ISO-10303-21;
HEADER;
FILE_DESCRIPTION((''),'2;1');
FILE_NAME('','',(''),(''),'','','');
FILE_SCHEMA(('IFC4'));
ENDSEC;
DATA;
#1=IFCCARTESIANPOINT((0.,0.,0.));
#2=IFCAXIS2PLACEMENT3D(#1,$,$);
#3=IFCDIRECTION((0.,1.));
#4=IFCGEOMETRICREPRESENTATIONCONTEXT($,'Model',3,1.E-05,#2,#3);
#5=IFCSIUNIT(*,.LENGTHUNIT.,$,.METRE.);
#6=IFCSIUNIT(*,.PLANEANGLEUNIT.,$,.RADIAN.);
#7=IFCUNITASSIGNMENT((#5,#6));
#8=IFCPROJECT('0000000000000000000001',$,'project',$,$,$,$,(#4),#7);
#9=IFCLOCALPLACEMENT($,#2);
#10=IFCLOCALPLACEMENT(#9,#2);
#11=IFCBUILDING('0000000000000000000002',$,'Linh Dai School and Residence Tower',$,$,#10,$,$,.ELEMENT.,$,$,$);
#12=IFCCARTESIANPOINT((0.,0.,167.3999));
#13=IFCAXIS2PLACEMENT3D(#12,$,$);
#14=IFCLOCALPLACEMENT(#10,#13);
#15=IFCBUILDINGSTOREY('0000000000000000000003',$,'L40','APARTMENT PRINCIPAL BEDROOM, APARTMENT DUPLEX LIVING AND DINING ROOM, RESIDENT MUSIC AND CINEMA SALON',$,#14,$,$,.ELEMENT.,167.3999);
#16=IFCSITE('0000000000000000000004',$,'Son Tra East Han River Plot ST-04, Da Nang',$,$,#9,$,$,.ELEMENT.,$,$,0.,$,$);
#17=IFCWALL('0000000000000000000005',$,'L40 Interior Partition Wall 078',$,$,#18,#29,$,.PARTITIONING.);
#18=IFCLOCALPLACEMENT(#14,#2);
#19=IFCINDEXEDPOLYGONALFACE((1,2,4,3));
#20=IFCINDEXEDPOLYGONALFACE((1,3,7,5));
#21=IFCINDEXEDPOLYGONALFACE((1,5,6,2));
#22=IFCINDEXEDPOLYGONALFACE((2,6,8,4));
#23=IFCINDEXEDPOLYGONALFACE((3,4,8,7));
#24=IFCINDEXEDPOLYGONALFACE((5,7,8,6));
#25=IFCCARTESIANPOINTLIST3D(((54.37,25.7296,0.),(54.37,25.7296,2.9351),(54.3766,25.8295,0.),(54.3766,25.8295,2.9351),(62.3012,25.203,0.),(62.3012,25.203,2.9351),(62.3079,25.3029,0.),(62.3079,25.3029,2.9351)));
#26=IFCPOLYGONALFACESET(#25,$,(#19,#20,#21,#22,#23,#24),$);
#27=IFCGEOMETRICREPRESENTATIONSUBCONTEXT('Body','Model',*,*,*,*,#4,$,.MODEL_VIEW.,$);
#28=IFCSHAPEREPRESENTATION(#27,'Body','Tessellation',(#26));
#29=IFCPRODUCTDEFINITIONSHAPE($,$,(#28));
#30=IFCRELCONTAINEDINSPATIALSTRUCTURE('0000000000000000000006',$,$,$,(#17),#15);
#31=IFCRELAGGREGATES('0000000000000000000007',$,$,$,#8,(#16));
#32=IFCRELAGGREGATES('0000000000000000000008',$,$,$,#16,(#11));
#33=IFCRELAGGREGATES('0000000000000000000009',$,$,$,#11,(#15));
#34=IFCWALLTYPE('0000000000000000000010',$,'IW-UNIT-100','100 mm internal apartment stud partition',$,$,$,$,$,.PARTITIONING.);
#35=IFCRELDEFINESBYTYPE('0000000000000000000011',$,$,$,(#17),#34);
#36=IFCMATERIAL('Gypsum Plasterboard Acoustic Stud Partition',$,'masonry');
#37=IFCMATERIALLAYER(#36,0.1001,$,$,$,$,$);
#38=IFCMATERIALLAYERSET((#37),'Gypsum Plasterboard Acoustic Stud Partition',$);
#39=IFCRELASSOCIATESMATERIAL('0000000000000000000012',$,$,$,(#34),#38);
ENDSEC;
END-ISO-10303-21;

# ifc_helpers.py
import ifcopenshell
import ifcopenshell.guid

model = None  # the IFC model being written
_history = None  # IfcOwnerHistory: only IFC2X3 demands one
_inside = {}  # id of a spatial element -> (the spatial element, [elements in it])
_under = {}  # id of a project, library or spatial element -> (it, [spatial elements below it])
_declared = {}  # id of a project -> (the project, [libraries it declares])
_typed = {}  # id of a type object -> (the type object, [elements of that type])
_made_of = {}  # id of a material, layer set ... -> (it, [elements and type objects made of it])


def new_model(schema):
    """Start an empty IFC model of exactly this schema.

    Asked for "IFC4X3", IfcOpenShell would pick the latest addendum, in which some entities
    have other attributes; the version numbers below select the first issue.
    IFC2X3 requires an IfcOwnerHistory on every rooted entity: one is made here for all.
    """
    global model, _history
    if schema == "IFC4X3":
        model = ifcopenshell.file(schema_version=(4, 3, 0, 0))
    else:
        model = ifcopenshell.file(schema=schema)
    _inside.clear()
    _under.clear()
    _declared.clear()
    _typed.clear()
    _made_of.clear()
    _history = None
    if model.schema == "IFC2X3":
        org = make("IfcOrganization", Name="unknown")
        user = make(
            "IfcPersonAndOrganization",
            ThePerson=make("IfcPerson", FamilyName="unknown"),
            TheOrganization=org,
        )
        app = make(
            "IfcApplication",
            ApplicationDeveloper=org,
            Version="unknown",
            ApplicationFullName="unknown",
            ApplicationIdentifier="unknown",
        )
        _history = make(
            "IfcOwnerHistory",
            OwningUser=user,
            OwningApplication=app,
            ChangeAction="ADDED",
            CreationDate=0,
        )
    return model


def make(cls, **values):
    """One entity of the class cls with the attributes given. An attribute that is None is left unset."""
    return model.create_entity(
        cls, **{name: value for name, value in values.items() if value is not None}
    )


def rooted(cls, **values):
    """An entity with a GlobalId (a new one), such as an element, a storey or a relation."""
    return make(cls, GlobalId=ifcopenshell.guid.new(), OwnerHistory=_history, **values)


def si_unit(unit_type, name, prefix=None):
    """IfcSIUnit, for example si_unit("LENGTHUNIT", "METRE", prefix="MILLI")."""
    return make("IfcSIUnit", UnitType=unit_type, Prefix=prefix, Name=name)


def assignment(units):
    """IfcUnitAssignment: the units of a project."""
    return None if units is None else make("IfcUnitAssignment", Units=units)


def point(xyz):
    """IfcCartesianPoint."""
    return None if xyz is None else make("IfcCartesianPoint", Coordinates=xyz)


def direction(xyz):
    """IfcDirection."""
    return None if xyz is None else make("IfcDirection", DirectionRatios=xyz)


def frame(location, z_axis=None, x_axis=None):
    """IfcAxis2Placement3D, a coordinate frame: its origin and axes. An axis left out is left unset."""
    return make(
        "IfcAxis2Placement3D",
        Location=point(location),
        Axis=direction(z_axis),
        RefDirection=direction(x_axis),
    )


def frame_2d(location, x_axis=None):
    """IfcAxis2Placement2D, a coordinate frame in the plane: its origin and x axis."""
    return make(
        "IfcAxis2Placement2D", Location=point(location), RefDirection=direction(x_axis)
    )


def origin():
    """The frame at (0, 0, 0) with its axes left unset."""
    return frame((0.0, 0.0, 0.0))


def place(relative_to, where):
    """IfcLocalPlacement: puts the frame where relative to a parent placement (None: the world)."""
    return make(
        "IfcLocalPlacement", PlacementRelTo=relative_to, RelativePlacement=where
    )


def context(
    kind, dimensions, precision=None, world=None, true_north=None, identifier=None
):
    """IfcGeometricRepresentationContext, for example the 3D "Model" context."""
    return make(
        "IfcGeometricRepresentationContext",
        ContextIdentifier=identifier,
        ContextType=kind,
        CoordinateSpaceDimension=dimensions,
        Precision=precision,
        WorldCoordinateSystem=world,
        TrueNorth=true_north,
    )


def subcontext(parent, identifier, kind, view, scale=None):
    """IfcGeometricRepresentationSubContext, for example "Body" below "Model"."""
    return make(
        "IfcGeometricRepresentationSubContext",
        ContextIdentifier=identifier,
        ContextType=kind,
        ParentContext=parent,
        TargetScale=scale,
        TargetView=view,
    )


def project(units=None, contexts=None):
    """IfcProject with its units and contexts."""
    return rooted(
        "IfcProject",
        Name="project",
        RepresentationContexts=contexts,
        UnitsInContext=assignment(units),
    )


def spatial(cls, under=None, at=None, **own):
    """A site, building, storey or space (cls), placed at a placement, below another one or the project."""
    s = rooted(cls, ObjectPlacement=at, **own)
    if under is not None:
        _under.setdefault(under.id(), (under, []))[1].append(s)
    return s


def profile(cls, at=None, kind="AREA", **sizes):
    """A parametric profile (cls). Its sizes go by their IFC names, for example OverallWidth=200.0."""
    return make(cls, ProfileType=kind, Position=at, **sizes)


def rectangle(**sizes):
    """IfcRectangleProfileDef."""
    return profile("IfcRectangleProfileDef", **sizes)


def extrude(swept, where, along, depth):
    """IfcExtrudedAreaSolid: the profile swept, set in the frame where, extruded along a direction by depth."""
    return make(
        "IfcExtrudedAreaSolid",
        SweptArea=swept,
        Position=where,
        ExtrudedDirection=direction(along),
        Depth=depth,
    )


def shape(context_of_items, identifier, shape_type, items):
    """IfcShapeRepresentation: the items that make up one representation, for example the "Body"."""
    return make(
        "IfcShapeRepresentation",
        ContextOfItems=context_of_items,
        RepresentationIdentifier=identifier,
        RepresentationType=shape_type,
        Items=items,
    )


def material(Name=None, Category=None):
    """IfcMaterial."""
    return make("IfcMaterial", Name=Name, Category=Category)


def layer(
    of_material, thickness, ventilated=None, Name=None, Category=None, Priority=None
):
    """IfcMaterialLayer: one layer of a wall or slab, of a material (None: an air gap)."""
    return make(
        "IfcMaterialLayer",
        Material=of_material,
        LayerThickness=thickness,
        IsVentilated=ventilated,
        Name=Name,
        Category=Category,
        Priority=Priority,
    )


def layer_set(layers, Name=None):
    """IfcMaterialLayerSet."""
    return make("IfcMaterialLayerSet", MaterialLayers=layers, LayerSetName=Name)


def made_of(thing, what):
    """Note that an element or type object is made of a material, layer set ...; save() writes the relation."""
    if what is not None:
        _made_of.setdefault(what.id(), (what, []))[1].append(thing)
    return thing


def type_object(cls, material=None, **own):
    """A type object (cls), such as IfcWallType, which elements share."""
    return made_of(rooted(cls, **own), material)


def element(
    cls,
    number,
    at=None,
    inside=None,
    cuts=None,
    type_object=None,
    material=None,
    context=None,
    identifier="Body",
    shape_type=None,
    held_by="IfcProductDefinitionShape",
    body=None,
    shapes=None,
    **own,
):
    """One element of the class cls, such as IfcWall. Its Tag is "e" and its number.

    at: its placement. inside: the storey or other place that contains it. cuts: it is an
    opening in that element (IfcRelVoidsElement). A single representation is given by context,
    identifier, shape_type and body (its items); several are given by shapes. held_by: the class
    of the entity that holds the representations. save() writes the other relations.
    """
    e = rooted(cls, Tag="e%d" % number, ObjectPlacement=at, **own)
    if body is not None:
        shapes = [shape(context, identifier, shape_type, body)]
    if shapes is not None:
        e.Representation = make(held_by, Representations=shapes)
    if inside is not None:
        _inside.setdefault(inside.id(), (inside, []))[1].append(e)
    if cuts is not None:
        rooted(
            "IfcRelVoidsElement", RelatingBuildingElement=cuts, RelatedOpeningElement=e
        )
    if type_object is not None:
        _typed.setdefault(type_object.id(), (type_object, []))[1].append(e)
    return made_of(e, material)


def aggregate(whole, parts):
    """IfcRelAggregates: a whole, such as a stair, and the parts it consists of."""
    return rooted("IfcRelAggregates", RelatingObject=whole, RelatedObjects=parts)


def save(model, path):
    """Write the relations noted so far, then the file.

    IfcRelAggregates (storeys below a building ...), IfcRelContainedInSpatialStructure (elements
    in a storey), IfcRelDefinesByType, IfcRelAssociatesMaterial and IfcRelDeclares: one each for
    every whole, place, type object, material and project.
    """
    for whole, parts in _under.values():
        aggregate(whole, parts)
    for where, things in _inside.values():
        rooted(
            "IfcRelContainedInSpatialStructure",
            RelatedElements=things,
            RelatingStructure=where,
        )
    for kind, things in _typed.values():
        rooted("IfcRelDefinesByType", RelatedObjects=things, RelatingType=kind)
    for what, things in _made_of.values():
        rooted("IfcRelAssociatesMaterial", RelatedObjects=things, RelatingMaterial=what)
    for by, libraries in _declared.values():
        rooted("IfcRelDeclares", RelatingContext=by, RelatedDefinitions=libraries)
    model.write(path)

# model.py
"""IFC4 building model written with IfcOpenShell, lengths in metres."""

from ifc_helpers import new_model, si_unit, direction, frame, frame_2d, origin, place, context, subcontext, project, spatial, rectangle, extrude, material, layer, layer_set, type_object, element, save


model = new_model("IFC4")

# Units and contexts
model_context = context("Model", 3, precision=1e-05, world=origin(), true_north=direction((0.0, 1.0)))
body_context = subcontext(model_context, "Body", "Model", "MODEL_VIEW")
ifc_project = project(units=[si_unit("LENGTHUNIT", "METRE"), si_unit("PLANEANGLEUNIT", "RADIAN")], contexts=[model_context])

# Site, building, storey
site_placement = place(None, origin())
site = spatial("IfcSite", under=ifc_project, at=site_placement, Name="Son Tra East Han River Plot ST-04, Da Nang", CompositionType="ELEMENT", RefElevation=0.0)
building_placement = place(site_placement, origin())
building = spatial("IfcBuilding", under=site, at=building_placement, Name="Linh Dai School and Residence Tower", CompositionType="ELEMENT")
storey_placement = place(building_placement, frame((0.0, 0.0, 167.3999)))
storey = spatial("IfcBuildingStorey", under=building, at=storey_placement, Name="L40", Description="APARTMENT PRINCIPAL BEDROOM, APARTMENT DUPLEX LIVING AND DINING ROOM, RESIDENT MUSIC AND CINEMA SALON", CompositionType="ELEMENT", Elevation=167.3999)

# Shared definitions
ifc_material_1 = material(Name="Gypsum Plasterboard Acoustic Stud Partition", Category="masonry")
ifc_layer_1 = layer(ifc_material_1, 0.1001)
ifc_layer_set_1 = layer_set([ifc_layer_1], Name="Gypsum Plasterboard Acoustic Stud Partition")
wall_type_1 = type_object("IfcWallType", Name="IW-UNIT-100", Description="100 mm internal apartment stud partition", PredefinedType="PARTITIONING", material=ifc_layer_set_1)

# Wall
wall_1_placement = place(storey_placement, frame((54.3733, 25.7795, 0.0), z_axis=(0.0, 0.0, 1.0), x_axis=(0.997803, -0.066252, 0.0)))
element("IfcWall", 1, at=wall_1_placement, inside=storey, type_object=wall_type_1, Name="L40 Interior Partition Wall 078", PredefinedType="PARTITIONING", context=body_context, shape_type="SweptSolid", body=[
    extrude(rectangle(XDim=7.9487, YDim=0.1001, at=frame_2d((3.9744, 0.0))), origin(), (0.0, 0.0, 1.0), 2.9351),
])

save(model, "model.ifc")
